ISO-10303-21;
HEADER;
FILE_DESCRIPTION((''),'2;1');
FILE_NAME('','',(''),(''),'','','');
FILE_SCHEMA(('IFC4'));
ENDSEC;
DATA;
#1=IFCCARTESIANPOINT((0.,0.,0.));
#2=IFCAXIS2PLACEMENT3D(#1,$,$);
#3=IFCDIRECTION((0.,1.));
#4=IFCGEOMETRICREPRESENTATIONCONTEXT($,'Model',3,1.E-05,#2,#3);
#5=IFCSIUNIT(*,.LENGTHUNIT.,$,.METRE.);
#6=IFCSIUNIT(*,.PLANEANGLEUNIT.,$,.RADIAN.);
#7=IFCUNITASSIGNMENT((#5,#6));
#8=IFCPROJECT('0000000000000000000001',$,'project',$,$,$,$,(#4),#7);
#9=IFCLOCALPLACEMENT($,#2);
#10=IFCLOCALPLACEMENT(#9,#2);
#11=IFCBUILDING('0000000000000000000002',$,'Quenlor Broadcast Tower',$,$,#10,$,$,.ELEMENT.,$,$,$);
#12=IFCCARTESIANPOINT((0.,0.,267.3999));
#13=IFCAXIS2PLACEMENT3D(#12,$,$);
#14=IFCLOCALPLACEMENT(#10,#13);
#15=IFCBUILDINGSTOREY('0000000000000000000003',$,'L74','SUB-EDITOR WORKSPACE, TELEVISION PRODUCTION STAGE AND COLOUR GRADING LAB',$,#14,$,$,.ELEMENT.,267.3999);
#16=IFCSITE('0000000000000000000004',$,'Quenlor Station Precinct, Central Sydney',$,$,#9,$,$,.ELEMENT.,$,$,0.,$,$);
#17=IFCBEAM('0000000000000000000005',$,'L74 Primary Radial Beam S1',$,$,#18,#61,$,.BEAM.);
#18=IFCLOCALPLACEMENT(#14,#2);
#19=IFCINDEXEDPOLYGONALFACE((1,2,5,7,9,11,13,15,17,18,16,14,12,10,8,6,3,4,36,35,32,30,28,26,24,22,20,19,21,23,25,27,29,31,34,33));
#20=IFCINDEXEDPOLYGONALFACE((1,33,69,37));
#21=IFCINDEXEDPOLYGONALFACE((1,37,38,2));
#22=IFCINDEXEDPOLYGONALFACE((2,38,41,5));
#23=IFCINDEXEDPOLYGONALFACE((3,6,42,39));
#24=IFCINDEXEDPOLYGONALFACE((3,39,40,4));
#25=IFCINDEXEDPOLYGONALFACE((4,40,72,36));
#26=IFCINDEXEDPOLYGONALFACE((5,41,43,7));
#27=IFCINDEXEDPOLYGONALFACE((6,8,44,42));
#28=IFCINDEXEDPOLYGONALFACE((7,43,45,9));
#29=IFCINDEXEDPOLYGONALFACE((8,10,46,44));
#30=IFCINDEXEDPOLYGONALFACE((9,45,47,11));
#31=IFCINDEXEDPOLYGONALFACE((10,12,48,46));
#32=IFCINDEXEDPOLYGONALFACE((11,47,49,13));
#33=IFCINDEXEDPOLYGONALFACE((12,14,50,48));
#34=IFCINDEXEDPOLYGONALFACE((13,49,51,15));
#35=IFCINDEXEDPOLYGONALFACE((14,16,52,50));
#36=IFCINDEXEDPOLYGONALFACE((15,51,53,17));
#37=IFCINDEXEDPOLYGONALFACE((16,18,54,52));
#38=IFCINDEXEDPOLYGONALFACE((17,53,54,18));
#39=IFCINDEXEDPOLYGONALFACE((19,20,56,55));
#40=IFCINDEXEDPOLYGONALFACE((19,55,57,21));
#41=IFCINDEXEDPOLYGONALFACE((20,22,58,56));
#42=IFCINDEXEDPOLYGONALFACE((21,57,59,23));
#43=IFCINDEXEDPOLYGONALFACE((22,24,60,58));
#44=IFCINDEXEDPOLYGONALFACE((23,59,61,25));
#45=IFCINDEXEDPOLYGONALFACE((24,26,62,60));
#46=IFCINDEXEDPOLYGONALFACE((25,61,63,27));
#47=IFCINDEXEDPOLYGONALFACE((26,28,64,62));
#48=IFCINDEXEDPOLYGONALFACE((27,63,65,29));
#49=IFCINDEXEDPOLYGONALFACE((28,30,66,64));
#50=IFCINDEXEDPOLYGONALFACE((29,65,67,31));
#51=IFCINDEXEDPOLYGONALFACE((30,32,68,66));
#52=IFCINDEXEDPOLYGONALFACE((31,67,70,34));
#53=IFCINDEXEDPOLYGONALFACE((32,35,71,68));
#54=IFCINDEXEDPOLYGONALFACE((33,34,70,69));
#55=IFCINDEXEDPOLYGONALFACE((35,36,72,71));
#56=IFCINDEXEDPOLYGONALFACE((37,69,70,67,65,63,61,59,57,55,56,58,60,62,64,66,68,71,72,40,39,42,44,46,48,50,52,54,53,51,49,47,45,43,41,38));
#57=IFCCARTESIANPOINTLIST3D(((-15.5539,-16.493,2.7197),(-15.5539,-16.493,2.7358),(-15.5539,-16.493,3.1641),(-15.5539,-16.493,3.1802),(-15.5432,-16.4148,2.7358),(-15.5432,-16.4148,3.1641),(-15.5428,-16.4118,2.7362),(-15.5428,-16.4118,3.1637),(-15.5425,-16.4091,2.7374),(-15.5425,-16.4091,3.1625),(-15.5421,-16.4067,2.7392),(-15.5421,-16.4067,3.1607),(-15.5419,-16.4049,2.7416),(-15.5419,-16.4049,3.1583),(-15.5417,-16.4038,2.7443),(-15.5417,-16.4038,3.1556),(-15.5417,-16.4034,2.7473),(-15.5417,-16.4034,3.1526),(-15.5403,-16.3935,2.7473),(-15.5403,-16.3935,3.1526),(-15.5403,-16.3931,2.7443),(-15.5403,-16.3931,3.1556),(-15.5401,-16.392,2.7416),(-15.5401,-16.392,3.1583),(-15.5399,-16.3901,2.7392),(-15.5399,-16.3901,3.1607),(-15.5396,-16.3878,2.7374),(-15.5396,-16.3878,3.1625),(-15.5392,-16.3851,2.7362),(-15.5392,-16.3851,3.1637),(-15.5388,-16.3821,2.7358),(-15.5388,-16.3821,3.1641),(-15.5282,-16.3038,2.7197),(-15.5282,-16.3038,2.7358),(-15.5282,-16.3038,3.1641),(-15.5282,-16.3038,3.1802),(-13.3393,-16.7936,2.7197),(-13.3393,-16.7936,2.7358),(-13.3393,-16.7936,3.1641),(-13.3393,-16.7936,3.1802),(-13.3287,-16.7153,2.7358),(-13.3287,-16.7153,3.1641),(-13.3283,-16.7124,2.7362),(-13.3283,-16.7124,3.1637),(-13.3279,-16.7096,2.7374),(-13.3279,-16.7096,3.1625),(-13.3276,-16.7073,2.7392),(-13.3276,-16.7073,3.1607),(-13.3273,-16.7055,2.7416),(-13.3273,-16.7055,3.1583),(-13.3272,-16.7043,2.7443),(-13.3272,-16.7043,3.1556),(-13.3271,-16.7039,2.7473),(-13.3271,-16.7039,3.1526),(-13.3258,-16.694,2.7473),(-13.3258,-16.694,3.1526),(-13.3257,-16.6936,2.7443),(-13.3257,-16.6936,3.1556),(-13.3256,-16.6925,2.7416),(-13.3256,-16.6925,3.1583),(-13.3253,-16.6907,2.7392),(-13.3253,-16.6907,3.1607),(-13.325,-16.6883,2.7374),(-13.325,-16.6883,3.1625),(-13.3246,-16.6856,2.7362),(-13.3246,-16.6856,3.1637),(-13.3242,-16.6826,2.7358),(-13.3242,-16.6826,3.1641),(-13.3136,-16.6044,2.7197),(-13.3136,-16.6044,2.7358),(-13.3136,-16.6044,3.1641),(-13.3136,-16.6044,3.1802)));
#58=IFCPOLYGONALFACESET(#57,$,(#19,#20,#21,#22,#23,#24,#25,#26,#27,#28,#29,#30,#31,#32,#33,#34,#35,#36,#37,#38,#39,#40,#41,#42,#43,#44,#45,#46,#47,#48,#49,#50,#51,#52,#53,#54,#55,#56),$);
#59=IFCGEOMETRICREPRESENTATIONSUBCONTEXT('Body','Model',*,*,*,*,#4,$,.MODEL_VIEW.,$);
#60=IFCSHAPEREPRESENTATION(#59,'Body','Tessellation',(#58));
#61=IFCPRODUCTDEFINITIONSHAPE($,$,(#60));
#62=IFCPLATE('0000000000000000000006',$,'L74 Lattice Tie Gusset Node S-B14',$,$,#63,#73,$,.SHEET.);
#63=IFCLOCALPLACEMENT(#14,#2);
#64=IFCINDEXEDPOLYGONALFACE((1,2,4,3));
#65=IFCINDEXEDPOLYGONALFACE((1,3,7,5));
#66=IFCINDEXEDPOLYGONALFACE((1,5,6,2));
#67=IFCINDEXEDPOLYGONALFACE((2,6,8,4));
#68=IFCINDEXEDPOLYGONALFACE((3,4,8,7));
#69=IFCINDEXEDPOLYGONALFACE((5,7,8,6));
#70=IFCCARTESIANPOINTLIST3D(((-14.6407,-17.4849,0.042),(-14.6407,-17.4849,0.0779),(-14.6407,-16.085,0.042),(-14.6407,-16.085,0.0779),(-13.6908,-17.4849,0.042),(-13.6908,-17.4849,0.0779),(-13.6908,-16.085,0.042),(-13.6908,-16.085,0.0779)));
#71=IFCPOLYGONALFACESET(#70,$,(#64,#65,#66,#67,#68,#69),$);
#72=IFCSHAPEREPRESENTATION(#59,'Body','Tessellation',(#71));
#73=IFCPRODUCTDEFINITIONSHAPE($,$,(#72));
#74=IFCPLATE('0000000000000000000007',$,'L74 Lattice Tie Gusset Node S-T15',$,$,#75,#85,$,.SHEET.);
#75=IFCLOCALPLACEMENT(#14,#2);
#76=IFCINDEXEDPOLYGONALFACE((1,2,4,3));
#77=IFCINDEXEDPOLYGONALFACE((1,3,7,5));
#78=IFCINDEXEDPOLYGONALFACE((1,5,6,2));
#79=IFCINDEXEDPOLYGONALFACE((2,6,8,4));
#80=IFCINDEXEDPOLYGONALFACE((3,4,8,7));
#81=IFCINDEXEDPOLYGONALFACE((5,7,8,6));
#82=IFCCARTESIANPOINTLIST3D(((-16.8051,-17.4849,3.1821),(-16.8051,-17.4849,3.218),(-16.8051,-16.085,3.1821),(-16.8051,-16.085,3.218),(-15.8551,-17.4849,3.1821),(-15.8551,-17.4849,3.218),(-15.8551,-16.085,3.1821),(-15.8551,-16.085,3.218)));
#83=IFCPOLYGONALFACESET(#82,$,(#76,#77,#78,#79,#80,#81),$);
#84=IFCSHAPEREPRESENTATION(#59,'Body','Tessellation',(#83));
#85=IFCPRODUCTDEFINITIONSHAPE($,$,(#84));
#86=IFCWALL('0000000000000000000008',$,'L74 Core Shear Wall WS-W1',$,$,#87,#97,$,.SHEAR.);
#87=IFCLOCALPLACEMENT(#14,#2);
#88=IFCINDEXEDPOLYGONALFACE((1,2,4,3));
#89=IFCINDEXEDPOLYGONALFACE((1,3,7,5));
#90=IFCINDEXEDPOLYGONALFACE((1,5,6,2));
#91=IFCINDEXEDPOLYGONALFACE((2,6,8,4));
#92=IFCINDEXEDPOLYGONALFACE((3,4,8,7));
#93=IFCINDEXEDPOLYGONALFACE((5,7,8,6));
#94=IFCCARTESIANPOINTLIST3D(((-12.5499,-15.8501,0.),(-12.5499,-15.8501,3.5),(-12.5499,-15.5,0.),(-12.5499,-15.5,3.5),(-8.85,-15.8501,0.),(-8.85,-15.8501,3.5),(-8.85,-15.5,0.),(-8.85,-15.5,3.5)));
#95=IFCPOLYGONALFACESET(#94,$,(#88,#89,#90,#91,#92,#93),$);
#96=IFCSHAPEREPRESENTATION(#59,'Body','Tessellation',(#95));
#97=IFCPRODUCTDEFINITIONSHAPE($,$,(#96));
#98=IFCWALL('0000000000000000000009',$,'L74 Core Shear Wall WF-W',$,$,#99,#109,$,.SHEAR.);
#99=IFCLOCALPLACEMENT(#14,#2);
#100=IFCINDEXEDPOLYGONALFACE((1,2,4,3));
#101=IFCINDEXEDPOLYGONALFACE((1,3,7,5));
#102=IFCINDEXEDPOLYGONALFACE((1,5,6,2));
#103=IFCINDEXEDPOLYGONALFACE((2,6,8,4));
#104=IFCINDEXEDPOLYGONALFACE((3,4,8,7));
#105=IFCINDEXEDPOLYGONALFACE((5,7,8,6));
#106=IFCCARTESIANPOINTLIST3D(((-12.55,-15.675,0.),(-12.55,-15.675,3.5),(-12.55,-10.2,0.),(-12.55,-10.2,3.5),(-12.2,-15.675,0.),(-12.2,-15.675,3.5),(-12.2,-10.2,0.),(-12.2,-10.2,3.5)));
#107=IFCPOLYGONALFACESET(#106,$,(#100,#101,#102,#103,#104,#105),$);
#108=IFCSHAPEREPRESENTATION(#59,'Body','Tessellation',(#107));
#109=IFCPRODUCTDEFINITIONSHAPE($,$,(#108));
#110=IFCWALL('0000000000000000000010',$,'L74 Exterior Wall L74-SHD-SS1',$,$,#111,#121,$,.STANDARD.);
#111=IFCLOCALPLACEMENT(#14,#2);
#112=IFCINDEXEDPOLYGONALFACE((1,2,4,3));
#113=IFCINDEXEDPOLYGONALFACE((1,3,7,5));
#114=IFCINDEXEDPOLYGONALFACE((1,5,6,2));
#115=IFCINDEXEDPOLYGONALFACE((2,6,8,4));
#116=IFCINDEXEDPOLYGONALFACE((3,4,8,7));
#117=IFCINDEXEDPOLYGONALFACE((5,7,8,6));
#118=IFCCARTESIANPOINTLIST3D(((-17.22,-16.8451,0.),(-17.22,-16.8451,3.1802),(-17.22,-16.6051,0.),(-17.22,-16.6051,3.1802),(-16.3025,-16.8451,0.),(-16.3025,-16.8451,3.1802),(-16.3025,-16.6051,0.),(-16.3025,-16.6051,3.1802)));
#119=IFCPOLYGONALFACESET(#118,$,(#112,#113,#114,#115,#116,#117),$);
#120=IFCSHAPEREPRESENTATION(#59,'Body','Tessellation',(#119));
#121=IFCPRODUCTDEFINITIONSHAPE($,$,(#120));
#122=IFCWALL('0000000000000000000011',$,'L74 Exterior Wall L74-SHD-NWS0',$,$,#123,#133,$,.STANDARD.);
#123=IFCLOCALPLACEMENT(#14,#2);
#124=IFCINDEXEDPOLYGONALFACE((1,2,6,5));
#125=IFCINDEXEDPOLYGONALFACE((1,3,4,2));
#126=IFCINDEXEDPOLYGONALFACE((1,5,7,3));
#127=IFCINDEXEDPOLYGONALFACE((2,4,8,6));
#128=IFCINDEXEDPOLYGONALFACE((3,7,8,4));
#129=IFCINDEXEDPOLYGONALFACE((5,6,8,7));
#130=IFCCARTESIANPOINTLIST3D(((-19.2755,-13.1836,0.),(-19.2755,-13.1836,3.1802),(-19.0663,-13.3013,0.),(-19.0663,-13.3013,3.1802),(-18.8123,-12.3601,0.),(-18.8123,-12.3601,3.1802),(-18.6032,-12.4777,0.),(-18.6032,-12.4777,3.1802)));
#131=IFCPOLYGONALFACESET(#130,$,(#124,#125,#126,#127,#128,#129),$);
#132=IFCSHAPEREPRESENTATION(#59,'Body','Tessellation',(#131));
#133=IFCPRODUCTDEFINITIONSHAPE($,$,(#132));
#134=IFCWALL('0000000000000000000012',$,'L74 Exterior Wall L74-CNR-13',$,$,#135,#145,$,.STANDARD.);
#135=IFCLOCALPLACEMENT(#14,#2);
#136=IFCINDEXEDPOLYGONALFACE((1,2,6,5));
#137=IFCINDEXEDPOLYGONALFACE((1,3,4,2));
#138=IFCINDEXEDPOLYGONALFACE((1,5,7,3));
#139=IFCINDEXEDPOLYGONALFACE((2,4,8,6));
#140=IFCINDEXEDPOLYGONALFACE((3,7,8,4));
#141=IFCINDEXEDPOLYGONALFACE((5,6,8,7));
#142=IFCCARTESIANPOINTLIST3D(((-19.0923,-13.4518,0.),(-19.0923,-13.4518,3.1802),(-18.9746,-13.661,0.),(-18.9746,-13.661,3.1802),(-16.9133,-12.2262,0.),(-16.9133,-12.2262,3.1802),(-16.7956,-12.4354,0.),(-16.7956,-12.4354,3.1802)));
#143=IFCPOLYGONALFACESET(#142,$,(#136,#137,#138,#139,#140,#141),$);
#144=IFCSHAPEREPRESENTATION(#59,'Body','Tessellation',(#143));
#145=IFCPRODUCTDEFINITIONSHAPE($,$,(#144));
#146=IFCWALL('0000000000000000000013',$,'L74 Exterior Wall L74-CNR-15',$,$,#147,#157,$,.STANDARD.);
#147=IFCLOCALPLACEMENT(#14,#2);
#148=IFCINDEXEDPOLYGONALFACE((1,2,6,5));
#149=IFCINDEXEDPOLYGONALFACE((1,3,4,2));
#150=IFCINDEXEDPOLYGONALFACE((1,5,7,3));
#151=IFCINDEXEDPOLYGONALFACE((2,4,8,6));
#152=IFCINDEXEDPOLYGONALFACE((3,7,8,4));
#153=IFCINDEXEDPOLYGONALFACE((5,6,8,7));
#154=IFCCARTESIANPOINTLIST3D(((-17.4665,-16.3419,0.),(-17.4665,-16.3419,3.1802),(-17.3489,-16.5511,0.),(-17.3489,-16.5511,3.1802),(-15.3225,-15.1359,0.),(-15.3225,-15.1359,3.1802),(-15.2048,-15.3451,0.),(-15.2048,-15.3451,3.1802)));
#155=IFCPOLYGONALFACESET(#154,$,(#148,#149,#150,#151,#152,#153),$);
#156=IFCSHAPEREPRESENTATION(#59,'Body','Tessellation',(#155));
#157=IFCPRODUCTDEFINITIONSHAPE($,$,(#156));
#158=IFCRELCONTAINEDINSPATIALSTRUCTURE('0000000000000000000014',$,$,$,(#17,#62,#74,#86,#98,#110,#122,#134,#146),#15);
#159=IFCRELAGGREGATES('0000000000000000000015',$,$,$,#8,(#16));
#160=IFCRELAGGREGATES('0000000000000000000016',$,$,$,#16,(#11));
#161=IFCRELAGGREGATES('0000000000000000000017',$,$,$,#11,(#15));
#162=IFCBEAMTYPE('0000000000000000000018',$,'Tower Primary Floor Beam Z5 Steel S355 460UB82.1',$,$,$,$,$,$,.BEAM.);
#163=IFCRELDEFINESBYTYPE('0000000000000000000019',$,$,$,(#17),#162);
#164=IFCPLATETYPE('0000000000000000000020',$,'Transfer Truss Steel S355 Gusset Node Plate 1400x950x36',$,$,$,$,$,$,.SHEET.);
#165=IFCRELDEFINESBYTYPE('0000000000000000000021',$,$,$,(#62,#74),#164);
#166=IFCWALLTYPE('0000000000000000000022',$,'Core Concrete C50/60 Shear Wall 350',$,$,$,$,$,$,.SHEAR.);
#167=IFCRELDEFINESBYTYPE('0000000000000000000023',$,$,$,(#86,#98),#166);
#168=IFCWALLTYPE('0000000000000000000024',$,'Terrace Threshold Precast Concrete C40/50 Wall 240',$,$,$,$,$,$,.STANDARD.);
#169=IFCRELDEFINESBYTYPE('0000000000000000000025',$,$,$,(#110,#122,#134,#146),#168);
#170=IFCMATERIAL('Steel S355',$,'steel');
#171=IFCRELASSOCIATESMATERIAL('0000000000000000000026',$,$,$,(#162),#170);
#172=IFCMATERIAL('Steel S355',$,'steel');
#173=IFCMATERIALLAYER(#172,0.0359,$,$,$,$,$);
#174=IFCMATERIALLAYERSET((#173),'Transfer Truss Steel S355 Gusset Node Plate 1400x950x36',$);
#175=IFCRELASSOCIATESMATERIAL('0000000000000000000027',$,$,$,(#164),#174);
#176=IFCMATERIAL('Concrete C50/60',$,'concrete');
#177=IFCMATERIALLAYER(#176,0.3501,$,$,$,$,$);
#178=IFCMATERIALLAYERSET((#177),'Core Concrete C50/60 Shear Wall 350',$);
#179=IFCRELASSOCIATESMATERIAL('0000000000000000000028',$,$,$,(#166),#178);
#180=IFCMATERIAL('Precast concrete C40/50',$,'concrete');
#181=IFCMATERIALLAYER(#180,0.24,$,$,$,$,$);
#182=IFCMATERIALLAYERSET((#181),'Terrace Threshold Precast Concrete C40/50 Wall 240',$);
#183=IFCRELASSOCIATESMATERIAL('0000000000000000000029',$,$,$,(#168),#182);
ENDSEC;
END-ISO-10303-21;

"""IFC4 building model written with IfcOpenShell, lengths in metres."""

from ifc_helpers import new_model, si_unit, direction, frame, frame_2d, origin, origin_2d, place, context, subcontext, project, spatial, rectangle, i_section, extrude, material, layer, layer_set, material_profile, profile_set, type_object, element, save


model = new_model("IFC4")

# Units and contexts
model_context = context("Model", 3, precision=1e-05, world=origin(), true_north=direction((0.0, 1.0)))
body_context = subcontext(model_context, "Body", "Model", "MODEL_VIEW")
ifc_project = project(units=[si_unit("LENGTHUNIT", "METRE"), si_unit("PLANEANGLEUNIT", "RADIAN")], contexts=[model_context])

# Site, building, storey
site_placement = place(None, origin())
site = spatial("IfcSite", under=ifc_project, at=site_placement, Name="Quenlor Station Precinct, Central Sydney", CompositionType="ELEMENT", RefElevation=0.0)
building_placement = place(site_placement, origin())
building = spatial("IfcBuilding", under=site, at=building_placement, Name="Quenlor Broadcast Tower", CompositionType="ELEMENT")
storey_placement = place(building_placement, frame((0.0, 0.0, 267.3999)))
storey = spatial("IfcBuildingStorey", under=building, at=storey_placement, Name="L74", Description="SUB-EDITOR WORKSPACE, TELEVISION PRODUCTION STAGE AND COLOUR GRADING LAB", CompositionType="ELEMENT", Elevation=267.3999)

# Beam
ifc_material_1 = material(Name="Steel S355", Category="steel")
ifc_material_profile_1 = material_profile(ifc_material_1, i_section(OverallWidth=0.1909, OverallDepth=0.4604, WebThickness=0.01, FlangeThickness=0.0161, FilletRadius=0.0115, at=origin_2d()))
ifc_profile_set_1 = profile_set([ifc_material_profile_1], Name="Steel S355 460UB82.1")
beam_type_1 = type_object("IfcBeamType", Name="Tower Primary Floor Beam Z5 Steel S355 460UB82.1", PredefinedType="BEAM", material=ifc_profile_set_1)
beam_1_placement = place(storey_placement, frame((-15.541, -16.3984, 2.95), z_axis=(0.990917, -0.134475, 0.0), x_axis=(0.134475, 0.990917, 0.0)))
element("IfcBeam", 1, at=beam_1_placement, inside=storey, type_object=beam_type_1, Name="L74 Primary Radial Beam S1", PredefinedType="BEAM", context=body_context, shape_type="SweptSolid", body=[
    extrude(i_section(OverallWidth=0.1909, OverallDepth=0.4604, WebThickness=0.01, FlangeThickness=0.0161, FilletRadius=0.0115, at=origin_2d()), origin(), (0.0, 0.0, 1.0), 2.2349),
])

# Plates
ifc_material_2 = material(Name="Steel S355", Category="steel")
ifc_layer_1 = layer(ifc_material_2, 0.0359)
ifc_layer_set_1 = layer_set([ifc_layer_1], Name="Transfer Truss Steel S355 Gusset Node Plate 1400x950x36")
plate_type = type_object("IfcPlateType", Name="Transfer Truss Steel S355 Gusset Node Plate 1400x950x36", PredefinedType="SHEET", material=ifc_layer_set_1)
for number, where, z_axis, x_axis, name in (
    (2, (-14.1658, -16.7849, 0.042), (0.0, 0.0, 1.0), (0.0, -1.0, 0.0), "L74 Lattice Tie Gusset Node S-B14"),
    (3, (-16.3301, -16.7849, 3.1821), (0.0, 0.0, 1.0), (0.0, -1.0, 0.0), "L74 Lattice Tie Gusset Node S-T15"),
):
    element("IfcPlate", number, at=place(storey_placement, frame(where, z_axis=z_axis, x_axis=x_axis)), inside=storey, type_object=plate_type, Name=name, PredefinedType="SHEET", context=body_context, shape_type="SweptSolid", body=[
        extrude(rectangle(XDim=1.3999, YDim=0.95, at=origin_2d()), origin(), (0.0, 0.0, 1.0), 0.0359),
    ])

# Walls
ifc_material_3 = material(Name="Concrete C50/60", Category="concrete")
ifc_layer_2 = layer(ifc_material_3, 0.3501)
ifc_layer_set_2 = layer_set([ifc_layer_2], Name="Core Concrete C50/60 Shear Wall 350")
wall_type_1 = type_object("IfcWallType", Name="Core Concrete C50/60 Shear Wall 350", PredefinedType="SHEAR", material=ifc_layer_set_2)
wall_1_placement = place(storey_placement, frame((-12.55, -15.675, 0.0), z_axis=(0.0, 0.0, 1.0), x_axis=(1.0, 0.0, 0.0)))
element("IfcWall", 4, at=wall_1_placement, inside=storey, type_object=wall_type_1, Name="L74 Core Shear Wall WS-W1", PredefinedType="SHEAR", context=body_context, shape_type="SweptSolid", body=[
    extrude(rectangle(XDim=3.7, YDim=0.3501, at=frame_2d((1.8501, 0.0))), origin(), (0.0, 0.0, 1.0), 3.5),
])
wall_2_placement = place(storey_placement, frame((-12.375, -15.675, 0.0), z_axis=(0.0, 0.0, 1.0), x_axis=(0.0, 1.0, 0.0)))
element("IfcWall", 5, at=wall_2_placement, inside=storey, type_object=wall_type_1, Name="L74 Core Shear Wall WF-W", PredefinedType="SHEAR", context=body_context, shape_type="SweptSolid", body=[
    extrude(rectangle(XDim=5.4751, YDim=0.3501, at=frame_2d((2.7375, 0.0))), origin(), (0.0, 0.0, 1.0), 3.5),
])
ifc_material_4 = material(Name="Precast concrete C40/50", Category="concrete")
ifc_layer_3 = layer(ifc_material_4, 0.24)
ifc_layer_set_3 = layer_set([ifc_layer_3], Name="Terrace Threshold Precast Concrete C40/50 Wall 240")
wall_type_2 = type_object("IfcWallType", Name="Terrace Threshold Precast Concrete C40/50 Wall 240", PredefinedType="STANDARD", material=ifc_layer_set_3)
wall_3_placement = place(storey_placement, frame((-16.3025, -16.7251, 0.0), z_axis=(0.0, 0.0, 1.0), x_axis=(-1.0, 0.0, 0.0)))
element("IfcWall", 6, at=wall_3_placement, inside=storey, type_object=wall_type_2, Name="L74 Exterior Wall L74-SHD-SS1", PredefinedType="STANDARD", context=body_context, shape_type="SweptSolid", body=[
    extrude(rectangle(XDim=0.9175, YDim=0.24, at=frame_2d((0.4587, 0.0))), origin(), (0.0, 0.0, 1.0), 3.1802),
])
wall_4_placement = place(storey_placement, frame((-19.1709, -13.2424, 0.0), z_axis=(0.0, 0.0, 1.0), x_axis=(0.4902, 0.87161, 0.0)))
element("IfcWall", 7, at=wall_4_placement, inside=storey, type_object=wall_type_2, Name="L74 Exterior Wall L74-SHD-NWS0", PredefinedType="STANDARD", context=body_context, shape_type="SweptSolid", body=[
    extrude(rectangle(XDim=0.9448, YDim=0.24, at=frame_2d((0.4724, 0.0))), origin(), (0.0, 0.0, 1.0), 3.1802),
])
wall_5_placement = place(storey_placement, frame((-19.0334, -13.5564, 0.0), z_axis=(0.0, 0.0, 1.0), x_axis=(0.871589, 0.490238, 0.0)))
element("IfcWall", 8, at=wall_5_placement, inside=storey, type_object=wall_type_2, Name="L74 Exterior Wall L74-CNR-13", PredefinedType="STANDARD", context=body_context, shape_type="SweptSolid", body=[
    extrude(rectangle(XDim=2.5, YDim=0.24, at=frame_2d((1.25, 0.0))), origin(), (0.0, 0.0, 1.0), 3.1802),
])
wall_6_placement = place(storey_placement, frame((-15.2637, -15.2405, 0.0), z_axis=(0.0, 0.0, 1.0), x_axis=(-0.87157, -0.490271, 0.0)))
element("IfcWall", 9, at=wall_6_placement, inside=storey, type_object=wall_type_2, Name="L74 Exterior Wall L74-CNR-15", PredefinedType="STANDARD", context=body_context, shape_type="SweptSolid", body=[
    extrude(rectangle(XDim=2.46, YDim=0.24, at=frame_2d((1.23, 0.0))), origin(), (0.0, 0.0, 1.0), 3.1802),
])

save(model, "model.ifc")
